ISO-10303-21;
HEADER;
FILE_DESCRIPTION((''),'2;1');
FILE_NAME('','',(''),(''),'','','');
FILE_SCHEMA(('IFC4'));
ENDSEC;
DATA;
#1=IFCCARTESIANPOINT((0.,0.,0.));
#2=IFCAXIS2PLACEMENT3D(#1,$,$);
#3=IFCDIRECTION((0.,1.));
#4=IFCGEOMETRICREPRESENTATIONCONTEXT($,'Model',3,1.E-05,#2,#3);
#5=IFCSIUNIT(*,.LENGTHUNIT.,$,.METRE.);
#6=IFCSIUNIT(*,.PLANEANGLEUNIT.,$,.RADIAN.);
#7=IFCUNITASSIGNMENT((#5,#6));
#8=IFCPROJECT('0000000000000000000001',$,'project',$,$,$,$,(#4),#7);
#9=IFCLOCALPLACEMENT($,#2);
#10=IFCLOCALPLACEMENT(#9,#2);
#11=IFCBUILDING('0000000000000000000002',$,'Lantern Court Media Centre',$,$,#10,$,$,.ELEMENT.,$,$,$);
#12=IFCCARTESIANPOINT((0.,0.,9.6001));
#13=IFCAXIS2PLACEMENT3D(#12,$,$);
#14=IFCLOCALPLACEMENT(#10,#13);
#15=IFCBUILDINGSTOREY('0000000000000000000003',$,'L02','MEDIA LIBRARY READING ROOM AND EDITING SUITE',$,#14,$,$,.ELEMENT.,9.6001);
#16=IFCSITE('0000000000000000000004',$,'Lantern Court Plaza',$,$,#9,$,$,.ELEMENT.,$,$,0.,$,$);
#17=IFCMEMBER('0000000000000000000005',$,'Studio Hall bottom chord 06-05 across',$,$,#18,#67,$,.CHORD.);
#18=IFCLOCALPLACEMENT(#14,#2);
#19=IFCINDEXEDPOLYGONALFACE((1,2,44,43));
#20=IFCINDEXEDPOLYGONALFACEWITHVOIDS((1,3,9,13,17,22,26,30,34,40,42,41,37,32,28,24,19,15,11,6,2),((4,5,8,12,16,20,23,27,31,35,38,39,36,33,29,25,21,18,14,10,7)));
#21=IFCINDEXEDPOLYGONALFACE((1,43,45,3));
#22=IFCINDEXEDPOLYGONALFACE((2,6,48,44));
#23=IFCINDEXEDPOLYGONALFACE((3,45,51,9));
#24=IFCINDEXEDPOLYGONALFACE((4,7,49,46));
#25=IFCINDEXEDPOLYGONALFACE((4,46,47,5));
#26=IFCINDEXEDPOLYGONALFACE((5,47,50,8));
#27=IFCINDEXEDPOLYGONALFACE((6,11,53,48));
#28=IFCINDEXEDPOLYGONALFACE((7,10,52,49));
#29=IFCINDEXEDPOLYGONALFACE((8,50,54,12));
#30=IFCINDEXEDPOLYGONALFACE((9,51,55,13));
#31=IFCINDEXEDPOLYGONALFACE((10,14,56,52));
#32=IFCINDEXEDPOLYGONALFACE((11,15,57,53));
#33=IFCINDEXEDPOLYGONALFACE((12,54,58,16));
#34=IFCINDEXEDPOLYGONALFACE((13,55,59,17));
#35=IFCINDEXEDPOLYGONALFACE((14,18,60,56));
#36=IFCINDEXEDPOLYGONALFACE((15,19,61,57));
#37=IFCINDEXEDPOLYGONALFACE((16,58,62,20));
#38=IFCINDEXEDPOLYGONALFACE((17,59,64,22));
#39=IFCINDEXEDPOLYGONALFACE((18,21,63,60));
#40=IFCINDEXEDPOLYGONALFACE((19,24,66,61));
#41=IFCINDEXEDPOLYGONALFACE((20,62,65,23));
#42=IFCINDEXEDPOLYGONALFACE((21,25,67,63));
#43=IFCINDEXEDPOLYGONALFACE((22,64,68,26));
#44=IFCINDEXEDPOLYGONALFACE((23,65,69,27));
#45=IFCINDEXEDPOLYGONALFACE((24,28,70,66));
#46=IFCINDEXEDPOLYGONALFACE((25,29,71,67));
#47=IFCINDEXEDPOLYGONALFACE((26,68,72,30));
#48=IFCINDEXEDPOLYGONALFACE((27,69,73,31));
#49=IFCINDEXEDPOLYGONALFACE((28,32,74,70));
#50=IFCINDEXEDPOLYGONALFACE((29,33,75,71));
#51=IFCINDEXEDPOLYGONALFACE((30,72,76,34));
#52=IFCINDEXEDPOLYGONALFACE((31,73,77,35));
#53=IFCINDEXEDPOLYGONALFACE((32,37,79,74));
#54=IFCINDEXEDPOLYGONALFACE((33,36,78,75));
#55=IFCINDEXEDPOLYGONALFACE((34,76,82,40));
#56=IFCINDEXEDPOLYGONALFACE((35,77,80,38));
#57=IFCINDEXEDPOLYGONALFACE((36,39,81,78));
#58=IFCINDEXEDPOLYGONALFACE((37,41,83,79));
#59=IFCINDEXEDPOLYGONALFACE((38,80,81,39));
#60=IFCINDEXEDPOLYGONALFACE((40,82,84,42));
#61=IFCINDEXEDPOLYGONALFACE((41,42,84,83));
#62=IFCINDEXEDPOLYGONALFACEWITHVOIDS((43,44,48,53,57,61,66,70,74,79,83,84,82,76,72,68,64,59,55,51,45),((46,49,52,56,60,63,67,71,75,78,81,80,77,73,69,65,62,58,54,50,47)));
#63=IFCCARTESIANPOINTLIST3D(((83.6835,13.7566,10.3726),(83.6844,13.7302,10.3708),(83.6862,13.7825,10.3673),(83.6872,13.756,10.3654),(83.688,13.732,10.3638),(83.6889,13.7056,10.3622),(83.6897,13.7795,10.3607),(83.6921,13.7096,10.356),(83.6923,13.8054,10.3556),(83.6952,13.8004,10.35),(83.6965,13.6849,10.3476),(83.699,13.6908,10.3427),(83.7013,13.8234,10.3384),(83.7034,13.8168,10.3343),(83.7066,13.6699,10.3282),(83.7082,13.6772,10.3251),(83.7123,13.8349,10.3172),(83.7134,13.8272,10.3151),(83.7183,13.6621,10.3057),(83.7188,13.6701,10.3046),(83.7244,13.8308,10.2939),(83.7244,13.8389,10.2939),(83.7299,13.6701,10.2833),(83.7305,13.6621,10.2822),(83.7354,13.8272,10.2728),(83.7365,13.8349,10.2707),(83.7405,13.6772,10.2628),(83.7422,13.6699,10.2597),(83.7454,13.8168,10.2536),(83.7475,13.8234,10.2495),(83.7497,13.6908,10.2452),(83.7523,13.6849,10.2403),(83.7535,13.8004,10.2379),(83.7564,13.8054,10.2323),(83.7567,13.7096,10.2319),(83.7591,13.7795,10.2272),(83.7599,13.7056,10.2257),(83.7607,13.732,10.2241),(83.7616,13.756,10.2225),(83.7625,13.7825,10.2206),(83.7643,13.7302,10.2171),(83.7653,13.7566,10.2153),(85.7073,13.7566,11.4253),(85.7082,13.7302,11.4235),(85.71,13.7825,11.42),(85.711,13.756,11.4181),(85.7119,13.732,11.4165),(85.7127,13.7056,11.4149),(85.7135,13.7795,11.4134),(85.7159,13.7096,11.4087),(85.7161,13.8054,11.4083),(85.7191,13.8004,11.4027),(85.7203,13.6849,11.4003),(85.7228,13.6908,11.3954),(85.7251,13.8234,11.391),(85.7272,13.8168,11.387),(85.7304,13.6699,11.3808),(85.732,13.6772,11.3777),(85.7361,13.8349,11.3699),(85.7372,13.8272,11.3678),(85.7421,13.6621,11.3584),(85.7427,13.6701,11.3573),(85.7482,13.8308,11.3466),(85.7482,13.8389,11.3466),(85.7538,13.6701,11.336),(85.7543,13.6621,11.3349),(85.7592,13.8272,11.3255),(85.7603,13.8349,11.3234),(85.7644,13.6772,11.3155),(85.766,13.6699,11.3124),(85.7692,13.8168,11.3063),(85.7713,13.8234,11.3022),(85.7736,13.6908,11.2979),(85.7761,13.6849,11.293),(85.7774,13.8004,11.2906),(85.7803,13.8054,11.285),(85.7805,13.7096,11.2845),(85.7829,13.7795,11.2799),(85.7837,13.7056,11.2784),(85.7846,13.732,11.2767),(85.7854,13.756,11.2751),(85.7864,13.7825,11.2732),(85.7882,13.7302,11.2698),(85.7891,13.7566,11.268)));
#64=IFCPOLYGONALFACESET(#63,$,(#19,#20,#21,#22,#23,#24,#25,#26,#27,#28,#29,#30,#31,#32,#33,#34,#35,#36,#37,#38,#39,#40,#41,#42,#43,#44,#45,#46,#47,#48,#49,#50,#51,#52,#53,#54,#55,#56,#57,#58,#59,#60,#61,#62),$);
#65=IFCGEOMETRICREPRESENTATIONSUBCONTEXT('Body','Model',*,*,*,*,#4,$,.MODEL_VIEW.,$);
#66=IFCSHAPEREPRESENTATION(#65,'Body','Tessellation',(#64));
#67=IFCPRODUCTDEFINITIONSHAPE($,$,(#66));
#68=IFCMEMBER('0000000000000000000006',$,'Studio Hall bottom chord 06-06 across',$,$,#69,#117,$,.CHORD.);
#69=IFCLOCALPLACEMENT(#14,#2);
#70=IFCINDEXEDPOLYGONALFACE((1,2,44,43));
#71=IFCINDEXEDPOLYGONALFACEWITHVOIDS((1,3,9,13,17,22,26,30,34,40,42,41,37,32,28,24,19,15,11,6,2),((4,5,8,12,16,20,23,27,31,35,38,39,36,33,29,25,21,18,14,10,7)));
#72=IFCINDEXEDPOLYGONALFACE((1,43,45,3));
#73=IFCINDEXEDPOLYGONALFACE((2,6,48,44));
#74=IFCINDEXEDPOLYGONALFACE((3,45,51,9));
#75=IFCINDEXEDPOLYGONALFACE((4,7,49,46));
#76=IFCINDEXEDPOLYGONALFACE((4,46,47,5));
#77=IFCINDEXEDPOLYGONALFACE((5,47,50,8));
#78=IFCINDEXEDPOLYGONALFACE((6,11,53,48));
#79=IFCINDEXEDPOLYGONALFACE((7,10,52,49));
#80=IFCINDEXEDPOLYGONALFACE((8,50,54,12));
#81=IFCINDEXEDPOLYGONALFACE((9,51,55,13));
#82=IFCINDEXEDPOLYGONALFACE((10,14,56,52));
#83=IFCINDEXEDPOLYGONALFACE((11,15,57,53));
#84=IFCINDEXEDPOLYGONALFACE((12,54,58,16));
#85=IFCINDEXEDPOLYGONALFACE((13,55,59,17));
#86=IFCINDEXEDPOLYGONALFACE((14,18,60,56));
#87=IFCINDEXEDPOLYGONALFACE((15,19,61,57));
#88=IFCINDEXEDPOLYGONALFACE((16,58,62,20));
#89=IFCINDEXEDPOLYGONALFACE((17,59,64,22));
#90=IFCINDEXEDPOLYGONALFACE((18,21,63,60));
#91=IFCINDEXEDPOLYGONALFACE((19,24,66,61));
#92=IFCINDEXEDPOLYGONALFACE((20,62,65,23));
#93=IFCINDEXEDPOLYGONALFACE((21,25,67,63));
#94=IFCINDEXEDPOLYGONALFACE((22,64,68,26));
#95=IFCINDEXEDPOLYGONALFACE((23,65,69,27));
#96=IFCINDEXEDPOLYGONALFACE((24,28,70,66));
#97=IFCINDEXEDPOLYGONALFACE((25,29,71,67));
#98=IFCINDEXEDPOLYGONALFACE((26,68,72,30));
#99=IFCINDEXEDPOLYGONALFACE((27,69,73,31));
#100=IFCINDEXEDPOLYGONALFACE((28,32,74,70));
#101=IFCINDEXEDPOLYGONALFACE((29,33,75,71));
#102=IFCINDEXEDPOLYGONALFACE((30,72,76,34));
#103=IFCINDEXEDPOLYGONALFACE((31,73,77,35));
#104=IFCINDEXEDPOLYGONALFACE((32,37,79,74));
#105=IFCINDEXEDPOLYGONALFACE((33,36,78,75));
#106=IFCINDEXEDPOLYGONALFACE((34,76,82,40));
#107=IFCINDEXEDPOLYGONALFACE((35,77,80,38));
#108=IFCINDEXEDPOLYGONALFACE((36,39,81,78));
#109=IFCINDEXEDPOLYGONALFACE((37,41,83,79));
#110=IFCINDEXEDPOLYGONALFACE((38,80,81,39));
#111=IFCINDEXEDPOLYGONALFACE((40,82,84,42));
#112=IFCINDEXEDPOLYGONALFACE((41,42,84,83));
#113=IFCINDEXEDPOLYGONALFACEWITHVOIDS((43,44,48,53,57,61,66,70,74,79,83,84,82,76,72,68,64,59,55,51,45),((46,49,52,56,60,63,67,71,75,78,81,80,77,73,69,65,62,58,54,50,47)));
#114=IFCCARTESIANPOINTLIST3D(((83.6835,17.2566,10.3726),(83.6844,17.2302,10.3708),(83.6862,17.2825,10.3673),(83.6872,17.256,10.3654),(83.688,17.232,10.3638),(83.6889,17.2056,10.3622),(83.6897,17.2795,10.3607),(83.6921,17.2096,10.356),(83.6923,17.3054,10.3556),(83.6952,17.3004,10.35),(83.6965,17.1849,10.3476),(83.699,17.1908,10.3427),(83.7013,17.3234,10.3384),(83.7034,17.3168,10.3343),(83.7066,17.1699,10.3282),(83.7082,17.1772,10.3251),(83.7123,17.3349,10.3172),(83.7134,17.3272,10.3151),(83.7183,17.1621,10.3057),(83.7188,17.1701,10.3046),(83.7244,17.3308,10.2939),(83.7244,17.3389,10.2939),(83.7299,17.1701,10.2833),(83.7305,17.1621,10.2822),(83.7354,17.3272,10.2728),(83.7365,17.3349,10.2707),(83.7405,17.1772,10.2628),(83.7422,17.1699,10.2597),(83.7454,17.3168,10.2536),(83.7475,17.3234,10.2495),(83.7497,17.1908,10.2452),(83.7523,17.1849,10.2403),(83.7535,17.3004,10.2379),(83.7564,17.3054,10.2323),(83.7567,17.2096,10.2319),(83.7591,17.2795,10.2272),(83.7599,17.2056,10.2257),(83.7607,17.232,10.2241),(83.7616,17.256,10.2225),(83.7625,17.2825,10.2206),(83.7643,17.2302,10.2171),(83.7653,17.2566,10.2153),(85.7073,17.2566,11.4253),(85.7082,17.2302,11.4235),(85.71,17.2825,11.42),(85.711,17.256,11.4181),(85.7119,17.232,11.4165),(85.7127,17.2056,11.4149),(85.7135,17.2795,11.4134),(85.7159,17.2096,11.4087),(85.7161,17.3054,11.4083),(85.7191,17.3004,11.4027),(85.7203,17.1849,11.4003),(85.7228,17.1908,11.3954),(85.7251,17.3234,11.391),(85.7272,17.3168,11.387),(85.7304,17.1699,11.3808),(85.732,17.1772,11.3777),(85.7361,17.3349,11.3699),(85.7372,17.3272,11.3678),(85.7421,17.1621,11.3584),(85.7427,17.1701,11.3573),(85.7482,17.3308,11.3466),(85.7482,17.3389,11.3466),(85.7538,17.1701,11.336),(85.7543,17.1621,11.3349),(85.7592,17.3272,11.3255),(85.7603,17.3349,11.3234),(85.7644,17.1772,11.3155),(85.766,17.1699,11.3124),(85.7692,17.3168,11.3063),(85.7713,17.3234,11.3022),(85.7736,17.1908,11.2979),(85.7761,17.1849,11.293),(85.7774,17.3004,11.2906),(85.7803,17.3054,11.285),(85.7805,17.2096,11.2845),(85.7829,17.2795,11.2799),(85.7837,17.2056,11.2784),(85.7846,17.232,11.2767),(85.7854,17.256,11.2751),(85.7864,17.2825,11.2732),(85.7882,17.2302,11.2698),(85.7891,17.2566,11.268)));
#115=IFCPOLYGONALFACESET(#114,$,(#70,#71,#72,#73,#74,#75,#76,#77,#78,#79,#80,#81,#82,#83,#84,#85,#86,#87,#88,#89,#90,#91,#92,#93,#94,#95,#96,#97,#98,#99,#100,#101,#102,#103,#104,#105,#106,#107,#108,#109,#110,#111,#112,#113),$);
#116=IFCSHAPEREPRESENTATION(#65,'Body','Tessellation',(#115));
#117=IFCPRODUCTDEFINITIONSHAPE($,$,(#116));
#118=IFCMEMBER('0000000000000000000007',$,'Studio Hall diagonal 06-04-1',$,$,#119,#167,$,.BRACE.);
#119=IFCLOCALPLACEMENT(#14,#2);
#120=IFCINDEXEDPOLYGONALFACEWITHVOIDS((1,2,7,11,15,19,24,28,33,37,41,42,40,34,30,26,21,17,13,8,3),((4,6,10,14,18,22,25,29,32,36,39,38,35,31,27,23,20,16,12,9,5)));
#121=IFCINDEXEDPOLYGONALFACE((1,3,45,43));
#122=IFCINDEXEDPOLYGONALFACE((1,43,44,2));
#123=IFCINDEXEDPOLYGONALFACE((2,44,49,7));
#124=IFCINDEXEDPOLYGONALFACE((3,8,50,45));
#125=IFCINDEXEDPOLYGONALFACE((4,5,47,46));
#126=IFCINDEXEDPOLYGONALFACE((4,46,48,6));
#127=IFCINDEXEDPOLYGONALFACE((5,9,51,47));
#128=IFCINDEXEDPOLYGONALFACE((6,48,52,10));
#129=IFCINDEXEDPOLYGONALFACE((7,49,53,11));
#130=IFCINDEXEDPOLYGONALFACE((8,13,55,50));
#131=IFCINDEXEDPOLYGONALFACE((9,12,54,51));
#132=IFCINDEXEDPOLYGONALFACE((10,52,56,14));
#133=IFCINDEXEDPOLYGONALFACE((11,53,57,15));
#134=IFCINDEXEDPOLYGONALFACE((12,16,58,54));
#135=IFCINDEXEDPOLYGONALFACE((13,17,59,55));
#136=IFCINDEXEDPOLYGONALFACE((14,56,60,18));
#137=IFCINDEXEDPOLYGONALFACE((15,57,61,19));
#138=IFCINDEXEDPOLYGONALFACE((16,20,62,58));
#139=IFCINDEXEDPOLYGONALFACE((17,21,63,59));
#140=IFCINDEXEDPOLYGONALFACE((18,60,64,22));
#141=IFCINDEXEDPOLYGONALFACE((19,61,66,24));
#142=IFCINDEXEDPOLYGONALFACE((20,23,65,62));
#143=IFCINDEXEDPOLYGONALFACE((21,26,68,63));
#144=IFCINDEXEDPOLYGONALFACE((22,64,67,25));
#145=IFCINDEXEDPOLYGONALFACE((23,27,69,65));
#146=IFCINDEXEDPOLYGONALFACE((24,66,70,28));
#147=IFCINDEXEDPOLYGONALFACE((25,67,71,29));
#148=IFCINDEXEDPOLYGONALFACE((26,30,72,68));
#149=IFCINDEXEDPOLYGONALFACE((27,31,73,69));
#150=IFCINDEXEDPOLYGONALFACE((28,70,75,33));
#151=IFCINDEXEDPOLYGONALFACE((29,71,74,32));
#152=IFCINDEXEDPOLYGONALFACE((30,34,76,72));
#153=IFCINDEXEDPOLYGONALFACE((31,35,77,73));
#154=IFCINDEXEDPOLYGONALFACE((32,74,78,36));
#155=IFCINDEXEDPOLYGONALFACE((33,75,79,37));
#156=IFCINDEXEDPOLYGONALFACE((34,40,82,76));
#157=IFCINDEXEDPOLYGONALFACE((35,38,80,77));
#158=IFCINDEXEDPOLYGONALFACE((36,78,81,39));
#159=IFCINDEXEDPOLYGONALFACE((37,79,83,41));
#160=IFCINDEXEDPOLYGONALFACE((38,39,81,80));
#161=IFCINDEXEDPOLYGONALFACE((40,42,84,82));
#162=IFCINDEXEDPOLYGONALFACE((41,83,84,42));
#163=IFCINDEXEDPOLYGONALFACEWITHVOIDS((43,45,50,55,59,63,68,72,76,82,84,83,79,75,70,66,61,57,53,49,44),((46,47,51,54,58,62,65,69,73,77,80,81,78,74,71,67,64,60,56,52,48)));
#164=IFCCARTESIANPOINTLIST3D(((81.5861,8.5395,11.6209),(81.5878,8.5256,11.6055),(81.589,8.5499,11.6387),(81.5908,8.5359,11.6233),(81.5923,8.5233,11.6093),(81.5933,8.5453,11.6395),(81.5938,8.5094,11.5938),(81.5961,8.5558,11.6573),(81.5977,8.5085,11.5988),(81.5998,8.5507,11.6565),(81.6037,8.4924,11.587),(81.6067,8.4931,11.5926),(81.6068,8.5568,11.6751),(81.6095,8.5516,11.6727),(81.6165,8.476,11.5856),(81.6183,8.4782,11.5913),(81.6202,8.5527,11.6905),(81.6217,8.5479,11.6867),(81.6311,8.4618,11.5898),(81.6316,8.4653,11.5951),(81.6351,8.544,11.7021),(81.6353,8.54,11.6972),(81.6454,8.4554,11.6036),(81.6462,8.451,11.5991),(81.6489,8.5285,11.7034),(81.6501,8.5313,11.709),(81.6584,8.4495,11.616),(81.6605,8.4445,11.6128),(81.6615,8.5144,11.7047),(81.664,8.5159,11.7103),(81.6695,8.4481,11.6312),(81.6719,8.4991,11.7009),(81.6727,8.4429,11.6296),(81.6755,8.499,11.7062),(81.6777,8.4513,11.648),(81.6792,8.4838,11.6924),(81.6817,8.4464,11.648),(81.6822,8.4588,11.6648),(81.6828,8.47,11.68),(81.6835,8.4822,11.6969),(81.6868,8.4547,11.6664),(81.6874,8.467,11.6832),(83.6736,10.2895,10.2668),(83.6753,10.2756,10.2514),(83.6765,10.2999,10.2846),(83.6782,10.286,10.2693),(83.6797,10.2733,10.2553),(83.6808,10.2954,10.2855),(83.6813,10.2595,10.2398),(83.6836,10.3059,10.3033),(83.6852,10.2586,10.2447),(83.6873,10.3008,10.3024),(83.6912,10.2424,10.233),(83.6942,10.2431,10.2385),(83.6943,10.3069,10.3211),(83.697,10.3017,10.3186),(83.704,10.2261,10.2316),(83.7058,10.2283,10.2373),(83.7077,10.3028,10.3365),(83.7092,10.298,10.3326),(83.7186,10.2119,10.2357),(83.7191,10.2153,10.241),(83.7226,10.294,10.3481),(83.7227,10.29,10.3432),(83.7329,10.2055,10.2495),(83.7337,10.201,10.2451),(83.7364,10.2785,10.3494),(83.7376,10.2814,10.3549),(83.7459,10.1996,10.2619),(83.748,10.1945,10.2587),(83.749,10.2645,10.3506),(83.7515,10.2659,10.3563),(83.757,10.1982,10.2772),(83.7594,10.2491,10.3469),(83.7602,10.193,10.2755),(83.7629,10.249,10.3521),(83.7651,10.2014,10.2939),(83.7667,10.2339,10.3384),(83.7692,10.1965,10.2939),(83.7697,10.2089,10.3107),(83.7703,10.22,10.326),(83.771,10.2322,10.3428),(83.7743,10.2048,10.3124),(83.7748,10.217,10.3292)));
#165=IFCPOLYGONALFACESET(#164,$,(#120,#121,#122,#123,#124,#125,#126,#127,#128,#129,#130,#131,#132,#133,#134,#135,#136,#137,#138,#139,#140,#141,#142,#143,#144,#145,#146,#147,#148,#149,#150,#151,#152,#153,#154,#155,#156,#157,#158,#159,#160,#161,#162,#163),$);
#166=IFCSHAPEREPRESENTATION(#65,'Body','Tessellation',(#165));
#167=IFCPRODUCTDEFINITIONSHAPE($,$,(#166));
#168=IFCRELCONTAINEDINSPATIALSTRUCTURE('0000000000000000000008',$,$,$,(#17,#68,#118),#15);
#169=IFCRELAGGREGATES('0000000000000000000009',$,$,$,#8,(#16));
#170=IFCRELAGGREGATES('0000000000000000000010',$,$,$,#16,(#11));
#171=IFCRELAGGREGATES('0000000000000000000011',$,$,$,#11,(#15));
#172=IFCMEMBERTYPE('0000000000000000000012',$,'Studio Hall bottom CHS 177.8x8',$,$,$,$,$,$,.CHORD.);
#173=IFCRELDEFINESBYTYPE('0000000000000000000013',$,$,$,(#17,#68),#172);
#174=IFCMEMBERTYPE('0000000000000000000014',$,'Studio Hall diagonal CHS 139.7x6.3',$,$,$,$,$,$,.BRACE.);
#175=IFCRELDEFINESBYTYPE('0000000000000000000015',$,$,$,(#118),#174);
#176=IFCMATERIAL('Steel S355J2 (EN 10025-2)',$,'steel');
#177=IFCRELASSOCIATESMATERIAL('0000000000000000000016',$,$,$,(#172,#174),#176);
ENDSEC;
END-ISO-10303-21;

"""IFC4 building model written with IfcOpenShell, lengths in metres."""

from ifc_helpers import new_model, si_unit, direction, frame, origin, origin_2d, place, context, subcontext, project, spatial, hollow_circle, extrude, material, material_profile, profile_set, type_object, element, save


model = new_model("IFC4")

# Units and contexts
model_context = context("Model", 3, precision=1e-05, world=origin(), true_north=direction((0.0, 1.0)))
body_context = subcontext(model_context, "Body", "Model", "MODEL_VIEW")
ifc_project = project(units=[si_unit("LENGTHUNIT", "METRE"), si_unit("PLANEANGLEUNIT", "RADIAN")], contexts=[model_context])

# Site, building, storey
site_placement = place(None, origin())
site = spatial("IfcSite", under=ifc_project, at=site_placement, Name="Lantern Court Plaza", CompositionType="ELEMENT", RefElevation=0.0)
building_placement = place(site_placement, origin())
building = spatial("IfcBuilding", under=site, at=building_placement, Name="Lantern Court Media Centre", CompositionType="ELEMENT")
storey_placement = place(building_placement, frame((0.0, 0.0, 9.6001)))
storey = spatial("IfcBuildingStorey", under=building, at=storey_placement, Name="L02", Description="MEDIA LIBRARY READING ROOM AND EDITING SUITE", CompositionType="ELEMENT", Elevation=9.6001)

# Members
ifc_material = material(Name="Steel S355J2 (EN 10025-2)", Category="steel")
ifc_material_profile_1 = material_profile(ifc_material, hollow_circle(Radius=0.0889, WallThickness=0.0081, at=origin_2d()), Name="Studio Hall bottom CHS 177.8x8")
ifc_profile_set_1 = profile_set([ifc_material_profile_1], Name="Steel S355J2 (EN 10025-2)")
member_type_1 = type_object("IfcMemberType", Name="Studio Hall bottom CHS 177.8x8", PredefinedType="CHORD", material=ifc_profile_set_1)
for number, where, z_axis, x_axis, name in (
    (1, (83.7244, 13.75, 10.2939), (0.887164, 0.0, 0.461454), (0.0, 1.0, 0.0), "Studio Hall bottom chord 06-05 across"),
    (2, (83.7244, 17.25, 10.2939), (0.887164, 0.0, 0.461454), (0.0, 1.0, 0.0), "Studio Hall bottom chord 06-06 across"),
):
    element("IfcMember", number, at=place(storey_placement, frame(where, z_axis=z_axis, x_axis=x_axis)), inside=storey, type_object=member_type_1, Name=name, PredefinedType="CHORD", context=body_context, shape_type="SweptSolid", body=[
        extrude(hollow_circle(Radius=0.0889, WallThickness=0.0081, at=origin_2d()), origin(), (0.0, 0.0, 1.0), 2.2812),
    ])
ifc_material_profile_2 = material_profile(ifc_material, hollow_circle(Radius=0.0698, WallThickness=0.0063, at=origin_2d()), Name="Studio Hall diagonal CHS 139.7x6.3")
ifc_profile_set_2 = profile_set([ifc_material_profile_2], Name="Steel S355J2 (EN 10025-2)")
member_type_2 = type_object("IfcMemberType", Name="Studio Hall diagonal CHS 139.7x6.3", PredefinedType="BRACE", material=ifc_profile_set_2)
for number, where, z_axis, x_axis, name in (
    (3, (83.7244, 10.25, 10.2939), (-0.68622, -0.575301, 0.44512), (0.642456, -0.766322, 0.0), "Studio Hall diagonal 06-04-1"),
):
    element("IfcMember", number, at=place(storey_placement, frame(where, z_axis=z_axis, x_axis=x_axis)), inside=storey, type_object=member_type_2, Name=name, PredefinedType="BRACE", context=body_context, shape_type="SweptSolid", body=[
        extrude(hollow_circle(Radius=0.0698, WallThickness=0.0063, at=origin_2d()), origin(), (0.0, 0.0, 1.0), 3.042),
    ])

save(model, "model.ifc")
